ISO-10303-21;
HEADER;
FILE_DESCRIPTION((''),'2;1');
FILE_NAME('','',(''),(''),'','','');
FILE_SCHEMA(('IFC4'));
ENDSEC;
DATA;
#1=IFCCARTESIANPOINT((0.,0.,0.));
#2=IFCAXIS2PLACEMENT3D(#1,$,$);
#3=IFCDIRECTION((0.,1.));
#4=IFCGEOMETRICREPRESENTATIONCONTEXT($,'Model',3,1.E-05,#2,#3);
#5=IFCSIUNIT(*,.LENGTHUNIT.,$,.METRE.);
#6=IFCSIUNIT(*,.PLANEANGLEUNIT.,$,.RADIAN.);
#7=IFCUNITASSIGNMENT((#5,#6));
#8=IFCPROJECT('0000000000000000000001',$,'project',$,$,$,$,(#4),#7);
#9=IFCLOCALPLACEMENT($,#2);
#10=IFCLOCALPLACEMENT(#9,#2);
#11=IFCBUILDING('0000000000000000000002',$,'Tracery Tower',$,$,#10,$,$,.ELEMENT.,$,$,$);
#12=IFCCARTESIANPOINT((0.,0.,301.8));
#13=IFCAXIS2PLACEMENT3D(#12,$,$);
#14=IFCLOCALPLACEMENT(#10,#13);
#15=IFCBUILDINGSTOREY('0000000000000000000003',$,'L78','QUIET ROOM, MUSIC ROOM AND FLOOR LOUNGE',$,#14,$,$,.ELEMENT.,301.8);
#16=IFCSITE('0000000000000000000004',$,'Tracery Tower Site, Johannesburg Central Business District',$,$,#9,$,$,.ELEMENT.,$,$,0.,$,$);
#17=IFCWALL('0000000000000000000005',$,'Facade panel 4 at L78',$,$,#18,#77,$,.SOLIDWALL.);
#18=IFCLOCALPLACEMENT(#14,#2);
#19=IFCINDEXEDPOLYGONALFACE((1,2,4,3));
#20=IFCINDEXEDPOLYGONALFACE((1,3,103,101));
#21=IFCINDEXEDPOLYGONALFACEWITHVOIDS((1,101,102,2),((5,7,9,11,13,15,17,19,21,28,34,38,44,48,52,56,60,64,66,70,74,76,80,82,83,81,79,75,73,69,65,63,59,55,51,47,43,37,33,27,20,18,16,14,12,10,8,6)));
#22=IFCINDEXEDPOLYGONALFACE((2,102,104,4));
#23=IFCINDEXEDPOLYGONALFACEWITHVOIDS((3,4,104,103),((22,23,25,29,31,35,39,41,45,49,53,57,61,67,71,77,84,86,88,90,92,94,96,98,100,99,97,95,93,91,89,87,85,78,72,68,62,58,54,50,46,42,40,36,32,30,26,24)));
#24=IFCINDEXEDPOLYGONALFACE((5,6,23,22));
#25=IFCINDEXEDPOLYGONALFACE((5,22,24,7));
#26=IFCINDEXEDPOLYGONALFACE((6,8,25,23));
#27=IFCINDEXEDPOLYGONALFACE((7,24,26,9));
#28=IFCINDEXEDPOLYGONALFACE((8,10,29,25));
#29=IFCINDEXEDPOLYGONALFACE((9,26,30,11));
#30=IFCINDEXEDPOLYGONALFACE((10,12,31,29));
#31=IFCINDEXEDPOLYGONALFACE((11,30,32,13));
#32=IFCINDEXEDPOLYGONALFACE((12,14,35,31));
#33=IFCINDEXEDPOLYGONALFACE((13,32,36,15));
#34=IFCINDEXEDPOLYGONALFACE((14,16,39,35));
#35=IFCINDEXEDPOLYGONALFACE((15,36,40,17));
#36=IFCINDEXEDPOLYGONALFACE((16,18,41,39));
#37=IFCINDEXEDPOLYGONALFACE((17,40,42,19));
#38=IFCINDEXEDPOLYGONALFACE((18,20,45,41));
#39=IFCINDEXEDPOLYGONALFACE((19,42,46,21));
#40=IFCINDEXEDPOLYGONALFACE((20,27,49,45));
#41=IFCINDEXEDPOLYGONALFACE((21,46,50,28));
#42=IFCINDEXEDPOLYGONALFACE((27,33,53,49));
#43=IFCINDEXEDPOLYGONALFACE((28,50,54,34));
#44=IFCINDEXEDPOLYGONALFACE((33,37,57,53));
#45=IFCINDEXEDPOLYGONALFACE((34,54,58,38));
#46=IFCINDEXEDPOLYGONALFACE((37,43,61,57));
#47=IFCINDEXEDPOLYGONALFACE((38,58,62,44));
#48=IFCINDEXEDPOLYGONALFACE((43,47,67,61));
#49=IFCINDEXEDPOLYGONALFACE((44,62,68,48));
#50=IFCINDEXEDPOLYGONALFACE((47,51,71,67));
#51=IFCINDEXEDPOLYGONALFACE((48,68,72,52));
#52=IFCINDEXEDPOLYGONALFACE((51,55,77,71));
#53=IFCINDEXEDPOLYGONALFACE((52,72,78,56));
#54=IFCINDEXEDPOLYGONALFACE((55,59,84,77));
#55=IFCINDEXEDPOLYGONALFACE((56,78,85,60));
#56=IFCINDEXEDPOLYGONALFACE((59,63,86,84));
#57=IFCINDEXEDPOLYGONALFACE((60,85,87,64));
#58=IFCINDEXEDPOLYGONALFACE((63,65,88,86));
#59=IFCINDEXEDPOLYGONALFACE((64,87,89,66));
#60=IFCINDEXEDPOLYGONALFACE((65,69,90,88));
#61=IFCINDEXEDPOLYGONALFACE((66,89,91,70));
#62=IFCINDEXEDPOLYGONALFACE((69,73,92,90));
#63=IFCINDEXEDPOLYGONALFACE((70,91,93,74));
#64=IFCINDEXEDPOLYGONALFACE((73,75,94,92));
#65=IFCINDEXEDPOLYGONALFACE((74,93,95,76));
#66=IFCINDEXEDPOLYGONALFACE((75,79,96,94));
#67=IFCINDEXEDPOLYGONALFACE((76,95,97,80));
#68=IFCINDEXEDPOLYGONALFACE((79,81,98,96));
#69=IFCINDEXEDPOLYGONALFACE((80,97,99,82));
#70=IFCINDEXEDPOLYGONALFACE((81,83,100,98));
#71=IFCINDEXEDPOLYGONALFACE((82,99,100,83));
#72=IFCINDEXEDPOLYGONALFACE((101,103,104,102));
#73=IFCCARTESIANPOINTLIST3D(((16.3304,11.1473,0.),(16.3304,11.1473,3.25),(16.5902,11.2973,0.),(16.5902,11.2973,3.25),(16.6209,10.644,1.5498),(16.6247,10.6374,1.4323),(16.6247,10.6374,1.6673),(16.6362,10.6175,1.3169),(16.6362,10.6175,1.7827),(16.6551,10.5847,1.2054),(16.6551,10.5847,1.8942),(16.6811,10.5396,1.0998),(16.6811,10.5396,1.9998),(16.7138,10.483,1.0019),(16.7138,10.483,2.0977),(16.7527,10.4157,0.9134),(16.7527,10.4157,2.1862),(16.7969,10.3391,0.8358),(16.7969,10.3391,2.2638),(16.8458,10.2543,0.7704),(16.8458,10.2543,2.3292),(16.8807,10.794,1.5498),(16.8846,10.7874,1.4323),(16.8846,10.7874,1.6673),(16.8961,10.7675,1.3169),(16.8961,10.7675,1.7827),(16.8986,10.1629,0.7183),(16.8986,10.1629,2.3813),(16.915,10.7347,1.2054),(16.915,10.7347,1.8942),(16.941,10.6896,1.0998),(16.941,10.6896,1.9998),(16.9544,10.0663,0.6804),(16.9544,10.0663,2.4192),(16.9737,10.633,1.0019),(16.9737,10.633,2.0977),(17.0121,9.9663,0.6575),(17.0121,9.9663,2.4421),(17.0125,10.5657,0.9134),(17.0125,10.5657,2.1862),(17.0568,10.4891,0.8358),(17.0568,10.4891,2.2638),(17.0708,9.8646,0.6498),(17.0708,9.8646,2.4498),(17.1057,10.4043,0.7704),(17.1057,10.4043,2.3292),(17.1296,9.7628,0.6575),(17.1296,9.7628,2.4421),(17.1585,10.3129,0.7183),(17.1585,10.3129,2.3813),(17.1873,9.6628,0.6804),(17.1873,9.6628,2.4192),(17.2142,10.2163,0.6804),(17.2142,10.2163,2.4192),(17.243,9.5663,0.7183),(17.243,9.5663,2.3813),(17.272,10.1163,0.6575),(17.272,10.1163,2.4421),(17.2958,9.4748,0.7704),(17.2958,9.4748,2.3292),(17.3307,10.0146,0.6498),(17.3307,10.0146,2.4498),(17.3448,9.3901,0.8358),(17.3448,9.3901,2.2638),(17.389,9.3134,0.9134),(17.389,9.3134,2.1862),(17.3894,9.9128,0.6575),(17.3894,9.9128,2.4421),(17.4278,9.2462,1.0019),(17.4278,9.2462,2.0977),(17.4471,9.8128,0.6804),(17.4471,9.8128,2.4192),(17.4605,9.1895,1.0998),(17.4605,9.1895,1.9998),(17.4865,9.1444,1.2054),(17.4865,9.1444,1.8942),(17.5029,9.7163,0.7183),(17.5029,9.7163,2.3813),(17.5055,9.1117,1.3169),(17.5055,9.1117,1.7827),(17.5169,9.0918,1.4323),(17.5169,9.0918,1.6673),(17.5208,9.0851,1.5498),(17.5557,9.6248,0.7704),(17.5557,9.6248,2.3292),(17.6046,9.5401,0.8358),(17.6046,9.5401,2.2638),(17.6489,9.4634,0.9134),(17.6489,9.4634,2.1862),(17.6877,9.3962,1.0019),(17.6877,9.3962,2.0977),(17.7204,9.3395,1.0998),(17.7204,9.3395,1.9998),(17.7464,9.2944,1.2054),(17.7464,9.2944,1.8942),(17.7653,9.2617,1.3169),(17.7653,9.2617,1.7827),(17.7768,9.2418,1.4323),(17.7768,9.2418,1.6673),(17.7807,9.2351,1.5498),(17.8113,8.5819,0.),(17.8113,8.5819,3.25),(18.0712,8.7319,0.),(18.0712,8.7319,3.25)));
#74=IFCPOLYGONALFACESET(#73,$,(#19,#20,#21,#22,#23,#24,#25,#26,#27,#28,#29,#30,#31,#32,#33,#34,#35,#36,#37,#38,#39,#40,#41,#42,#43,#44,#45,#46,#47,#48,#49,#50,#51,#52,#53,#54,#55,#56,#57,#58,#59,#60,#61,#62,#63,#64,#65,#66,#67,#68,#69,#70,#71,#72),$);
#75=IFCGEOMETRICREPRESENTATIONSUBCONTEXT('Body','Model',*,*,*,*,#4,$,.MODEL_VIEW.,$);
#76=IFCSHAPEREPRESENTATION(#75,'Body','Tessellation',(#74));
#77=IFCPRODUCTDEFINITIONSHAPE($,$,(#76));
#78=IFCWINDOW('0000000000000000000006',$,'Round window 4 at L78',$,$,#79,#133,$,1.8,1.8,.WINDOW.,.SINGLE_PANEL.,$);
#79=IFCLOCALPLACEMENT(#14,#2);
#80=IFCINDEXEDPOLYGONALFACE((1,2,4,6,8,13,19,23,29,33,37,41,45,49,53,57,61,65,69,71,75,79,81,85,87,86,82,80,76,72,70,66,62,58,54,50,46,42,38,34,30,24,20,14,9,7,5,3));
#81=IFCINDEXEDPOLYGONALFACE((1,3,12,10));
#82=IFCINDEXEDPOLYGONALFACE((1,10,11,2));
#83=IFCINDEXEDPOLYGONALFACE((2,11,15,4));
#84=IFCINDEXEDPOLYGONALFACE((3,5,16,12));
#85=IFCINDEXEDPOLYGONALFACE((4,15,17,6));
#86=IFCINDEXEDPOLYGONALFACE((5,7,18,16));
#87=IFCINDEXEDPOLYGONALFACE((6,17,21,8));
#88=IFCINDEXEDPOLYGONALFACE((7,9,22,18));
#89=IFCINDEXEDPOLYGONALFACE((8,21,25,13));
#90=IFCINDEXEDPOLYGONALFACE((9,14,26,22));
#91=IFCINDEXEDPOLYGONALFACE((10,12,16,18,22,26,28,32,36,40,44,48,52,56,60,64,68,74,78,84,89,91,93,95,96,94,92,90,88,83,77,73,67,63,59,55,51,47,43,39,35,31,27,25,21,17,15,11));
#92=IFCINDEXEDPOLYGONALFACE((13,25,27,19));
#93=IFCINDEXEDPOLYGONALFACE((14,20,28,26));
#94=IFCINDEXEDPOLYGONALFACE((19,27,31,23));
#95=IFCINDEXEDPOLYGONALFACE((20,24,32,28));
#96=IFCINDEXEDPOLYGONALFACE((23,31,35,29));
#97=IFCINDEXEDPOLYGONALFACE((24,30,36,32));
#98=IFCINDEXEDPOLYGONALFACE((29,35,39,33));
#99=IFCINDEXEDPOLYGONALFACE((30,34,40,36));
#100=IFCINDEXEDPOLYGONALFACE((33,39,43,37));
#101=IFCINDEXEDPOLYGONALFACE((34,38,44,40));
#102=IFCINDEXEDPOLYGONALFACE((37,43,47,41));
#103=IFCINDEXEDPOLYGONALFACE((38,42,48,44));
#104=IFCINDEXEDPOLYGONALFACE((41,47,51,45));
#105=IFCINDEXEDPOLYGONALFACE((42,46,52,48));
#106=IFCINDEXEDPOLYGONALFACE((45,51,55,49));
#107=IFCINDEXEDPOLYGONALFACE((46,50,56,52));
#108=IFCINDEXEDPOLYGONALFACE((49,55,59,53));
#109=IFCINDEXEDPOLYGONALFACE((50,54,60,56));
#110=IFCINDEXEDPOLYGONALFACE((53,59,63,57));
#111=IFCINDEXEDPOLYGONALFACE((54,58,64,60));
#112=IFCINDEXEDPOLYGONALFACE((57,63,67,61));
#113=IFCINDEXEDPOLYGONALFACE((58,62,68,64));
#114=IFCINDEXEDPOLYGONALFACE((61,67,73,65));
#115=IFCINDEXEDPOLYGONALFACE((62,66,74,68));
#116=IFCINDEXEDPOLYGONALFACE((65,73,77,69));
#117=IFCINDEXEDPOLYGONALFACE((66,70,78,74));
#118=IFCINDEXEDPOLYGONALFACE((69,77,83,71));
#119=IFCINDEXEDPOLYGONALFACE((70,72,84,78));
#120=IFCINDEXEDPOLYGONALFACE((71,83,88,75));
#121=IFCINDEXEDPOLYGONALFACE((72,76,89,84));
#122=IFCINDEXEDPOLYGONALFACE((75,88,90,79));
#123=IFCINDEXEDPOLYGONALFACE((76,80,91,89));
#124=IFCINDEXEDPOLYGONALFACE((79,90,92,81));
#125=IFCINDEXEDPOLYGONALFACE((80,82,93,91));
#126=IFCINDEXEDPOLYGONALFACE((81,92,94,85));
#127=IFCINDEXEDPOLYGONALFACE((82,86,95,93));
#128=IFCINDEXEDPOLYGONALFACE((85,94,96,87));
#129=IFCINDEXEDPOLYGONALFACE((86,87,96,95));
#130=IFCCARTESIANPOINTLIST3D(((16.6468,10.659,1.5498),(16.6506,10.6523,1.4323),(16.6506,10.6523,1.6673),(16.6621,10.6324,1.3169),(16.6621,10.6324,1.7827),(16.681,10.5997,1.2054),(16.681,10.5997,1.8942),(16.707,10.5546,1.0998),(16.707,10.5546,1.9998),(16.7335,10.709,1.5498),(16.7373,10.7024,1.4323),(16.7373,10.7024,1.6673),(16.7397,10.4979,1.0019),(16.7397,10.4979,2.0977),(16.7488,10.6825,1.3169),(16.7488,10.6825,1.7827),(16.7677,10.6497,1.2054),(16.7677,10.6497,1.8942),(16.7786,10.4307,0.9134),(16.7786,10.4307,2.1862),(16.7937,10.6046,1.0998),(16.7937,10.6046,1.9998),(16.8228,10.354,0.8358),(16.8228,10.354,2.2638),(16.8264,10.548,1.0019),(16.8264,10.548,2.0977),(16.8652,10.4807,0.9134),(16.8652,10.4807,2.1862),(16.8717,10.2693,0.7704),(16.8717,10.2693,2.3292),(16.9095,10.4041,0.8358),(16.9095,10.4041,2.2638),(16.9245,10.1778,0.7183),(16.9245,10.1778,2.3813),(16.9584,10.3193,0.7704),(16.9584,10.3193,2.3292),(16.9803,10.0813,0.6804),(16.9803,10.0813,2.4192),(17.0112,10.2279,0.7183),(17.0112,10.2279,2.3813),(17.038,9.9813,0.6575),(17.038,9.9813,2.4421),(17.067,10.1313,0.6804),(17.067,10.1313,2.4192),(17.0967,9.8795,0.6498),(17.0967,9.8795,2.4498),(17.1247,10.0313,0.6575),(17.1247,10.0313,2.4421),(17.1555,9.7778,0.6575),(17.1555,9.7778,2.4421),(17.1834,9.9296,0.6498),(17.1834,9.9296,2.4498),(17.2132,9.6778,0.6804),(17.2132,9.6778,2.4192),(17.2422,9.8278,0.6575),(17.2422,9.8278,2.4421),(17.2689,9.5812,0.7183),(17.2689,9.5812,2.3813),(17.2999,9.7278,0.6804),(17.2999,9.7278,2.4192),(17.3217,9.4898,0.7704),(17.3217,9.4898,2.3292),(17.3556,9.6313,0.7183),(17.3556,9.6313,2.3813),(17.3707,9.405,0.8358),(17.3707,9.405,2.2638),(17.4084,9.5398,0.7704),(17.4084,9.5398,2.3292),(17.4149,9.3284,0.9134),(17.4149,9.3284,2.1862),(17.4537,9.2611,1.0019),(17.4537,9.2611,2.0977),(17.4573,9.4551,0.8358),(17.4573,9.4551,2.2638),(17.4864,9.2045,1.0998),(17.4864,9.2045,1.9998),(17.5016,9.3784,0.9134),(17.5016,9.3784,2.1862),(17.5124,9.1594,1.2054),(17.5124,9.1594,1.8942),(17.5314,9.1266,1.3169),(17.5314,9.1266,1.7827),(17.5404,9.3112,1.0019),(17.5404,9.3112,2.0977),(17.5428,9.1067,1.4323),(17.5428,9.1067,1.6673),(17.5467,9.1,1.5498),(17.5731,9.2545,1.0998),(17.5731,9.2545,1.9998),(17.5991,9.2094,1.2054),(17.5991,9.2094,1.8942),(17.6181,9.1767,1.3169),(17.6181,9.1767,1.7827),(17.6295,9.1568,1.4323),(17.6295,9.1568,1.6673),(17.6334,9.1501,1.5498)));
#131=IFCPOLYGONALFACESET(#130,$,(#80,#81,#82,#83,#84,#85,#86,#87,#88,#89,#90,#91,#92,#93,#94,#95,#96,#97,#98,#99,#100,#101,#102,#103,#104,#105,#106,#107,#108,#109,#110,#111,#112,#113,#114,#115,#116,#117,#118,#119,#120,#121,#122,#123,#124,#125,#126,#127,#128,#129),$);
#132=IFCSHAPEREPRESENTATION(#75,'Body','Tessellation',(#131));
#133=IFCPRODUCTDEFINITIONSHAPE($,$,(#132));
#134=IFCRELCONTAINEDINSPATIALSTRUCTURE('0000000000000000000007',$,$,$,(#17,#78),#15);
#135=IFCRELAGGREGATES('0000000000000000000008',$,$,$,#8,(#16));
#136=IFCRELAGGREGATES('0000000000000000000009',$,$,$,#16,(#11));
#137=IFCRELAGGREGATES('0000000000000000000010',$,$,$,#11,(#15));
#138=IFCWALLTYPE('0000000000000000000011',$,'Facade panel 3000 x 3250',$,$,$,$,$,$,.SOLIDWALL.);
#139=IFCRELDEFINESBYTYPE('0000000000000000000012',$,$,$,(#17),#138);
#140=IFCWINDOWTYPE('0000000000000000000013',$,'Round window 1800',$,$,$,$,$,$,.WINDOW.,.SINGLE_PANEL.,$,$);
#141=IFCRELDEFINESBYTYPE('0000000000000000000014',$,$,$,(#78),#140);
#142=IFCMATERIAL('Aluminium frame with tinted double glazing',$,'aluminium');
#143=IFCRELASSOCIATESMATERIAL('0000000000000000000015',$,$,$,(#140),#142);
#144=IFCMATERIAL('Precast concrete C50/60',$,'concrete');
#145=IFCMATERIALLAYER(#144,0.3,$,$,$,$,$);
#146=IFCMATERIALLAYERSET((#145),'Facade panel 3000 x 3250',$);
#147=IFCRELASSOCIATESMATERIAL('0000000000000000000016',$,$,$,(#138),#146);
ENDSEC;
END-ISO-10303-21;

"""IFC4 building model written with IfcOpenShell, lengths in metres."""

from ifc_helpers import new_model, si_unit, direction, frame, frame_2d, origin, origin_2d, place, context, subcontext, project, spatial, rectangle, circle, extrude, material, layer, layer_set, type_object, element, fill, save


model = new_model("IFC4")

# Units and contexts
model_context = context("Model", 3, precision=1e-05, world=origin(), true_north=direction((0.0, 1.0)))
body_context = subcontext(model_context, "Body", "Model", "MODEL_VIEW")
ifc_project = project(units=[si_unit("LENGTHUNIT", "METRE"), si_unit("PLANEANGLEUNIT", "RADIAN")], contexts=[model_context])

# Site, building, storey
site_placement = place(None, origin())
site = spatial("IfcSite", under=ifc_project, at=site_placement, Name="Tracery Tower Site, Johannesburg Central Business District", CompositionType="ELEMENT", RefElevation=0.0)
building_placement = place(site_placement, origin())
building = spatial("IfcBuilding", under=site, at=building_placement, Name="Tracery Tower", CompositionType="ELEMENT")
storey_placement = place(building_placement, frame((0.0, 0.0, 301.8)))
storey = spatial("IfcBuildingStorey", under=building, at=storey_placement, Name="L78", Description="QUIET ROOM, MUSIC ROOM AND FLOOR LOUNGE", CompositionType="ELEMENT", Elevation=301.8)

# Wall, opening, window
ifc_material_1 = material(Name="Aluminium frame with tinted double glazing", Category="aluminium")
window_type = type_object("IfcWindowType", Name="Round window 1800", PartitioningType="SINGLE_PANEL", PredefinedType="WINDOW", material=ifc_material_1)
ifc_material_2 = material(Name="Precast concrete C50/60", Category="concrete")
ifc_layer_1 = layer(ifc_material_2, 0.3)
ifc_layer_set_1 = layer_set([ifc_layer_1], Name="Facade panel 3000 x 3250")
wall_type_1 = type_object("IfcWallType", Name="Facade panel 3000 x 3250", PredefinedType="SOLIDWALL", material=ifc_layer_set_1)
wall_1_placement = place(storey_placement, frame((17.9412, 8.657, 0.0), z_axis=(0.0, 0.0, 1.0), x_axis=(-0.499951, 0.866054, 0.0)))
wall_1 = element("IfcWall", 1, at=wall_1_placement, inside=storey, type_object=wall_type_1, Name="Facade panel 4 at L78", PredefinedType="SOLIDWALL", context=body_context, shape_type="SweptSolid", body=[
    extrude(rectangle(XDim=2.9622, YDim=0.3, at=frame_2d((1.481, 0.0))), origin(), (0.0, 0.0, 1.0), 3.25),
])
opening_1_placement = place(wall_1_placement, frame((1.481, 0.0, 1.5498)))
opening_1 = element("IfcOpeningElement", 2, at=opening_1_placement, cuts=wall_1, PredefinedType="OPENING", context=body_context, shape_type="SweptSolid", body=[
    extrude(circle(Radius=0.9, at=origin_2d()), frame((0.0, 0.1599, 0.0), z_axis=(0.0, -1.0, 0.0), x_axis=(1.0, 0.0, 0.0)), (0.0, 0.0, 1.0), 0.3201),
])
window_1_placement = place(opening_1_placement, origin())
window_1 = element("IfcWindow", 3, at=window_1_placement, inside=storey, type_object=window_type, Name="Round window 4 at L78", OverallHeight=1.8, OverallWidth=1.8, PartitioningType="SINGLE_PANEL", PredefinedType="WINDOW", context=body_context, shape_type="SweptSolid", body=[
    extrude(circle(Radius=0.9, at=origin_2d()), frame((0.0, 0.1201, 0.0), z_axis=(0.0, -1.0, 0.0), x_axis=(1.0, 0.0, 0.0)), (0.0, 0.0, 1.0), 0.1001),
])
fill(opening_1, window_1)

save(model, "model.ifc")
